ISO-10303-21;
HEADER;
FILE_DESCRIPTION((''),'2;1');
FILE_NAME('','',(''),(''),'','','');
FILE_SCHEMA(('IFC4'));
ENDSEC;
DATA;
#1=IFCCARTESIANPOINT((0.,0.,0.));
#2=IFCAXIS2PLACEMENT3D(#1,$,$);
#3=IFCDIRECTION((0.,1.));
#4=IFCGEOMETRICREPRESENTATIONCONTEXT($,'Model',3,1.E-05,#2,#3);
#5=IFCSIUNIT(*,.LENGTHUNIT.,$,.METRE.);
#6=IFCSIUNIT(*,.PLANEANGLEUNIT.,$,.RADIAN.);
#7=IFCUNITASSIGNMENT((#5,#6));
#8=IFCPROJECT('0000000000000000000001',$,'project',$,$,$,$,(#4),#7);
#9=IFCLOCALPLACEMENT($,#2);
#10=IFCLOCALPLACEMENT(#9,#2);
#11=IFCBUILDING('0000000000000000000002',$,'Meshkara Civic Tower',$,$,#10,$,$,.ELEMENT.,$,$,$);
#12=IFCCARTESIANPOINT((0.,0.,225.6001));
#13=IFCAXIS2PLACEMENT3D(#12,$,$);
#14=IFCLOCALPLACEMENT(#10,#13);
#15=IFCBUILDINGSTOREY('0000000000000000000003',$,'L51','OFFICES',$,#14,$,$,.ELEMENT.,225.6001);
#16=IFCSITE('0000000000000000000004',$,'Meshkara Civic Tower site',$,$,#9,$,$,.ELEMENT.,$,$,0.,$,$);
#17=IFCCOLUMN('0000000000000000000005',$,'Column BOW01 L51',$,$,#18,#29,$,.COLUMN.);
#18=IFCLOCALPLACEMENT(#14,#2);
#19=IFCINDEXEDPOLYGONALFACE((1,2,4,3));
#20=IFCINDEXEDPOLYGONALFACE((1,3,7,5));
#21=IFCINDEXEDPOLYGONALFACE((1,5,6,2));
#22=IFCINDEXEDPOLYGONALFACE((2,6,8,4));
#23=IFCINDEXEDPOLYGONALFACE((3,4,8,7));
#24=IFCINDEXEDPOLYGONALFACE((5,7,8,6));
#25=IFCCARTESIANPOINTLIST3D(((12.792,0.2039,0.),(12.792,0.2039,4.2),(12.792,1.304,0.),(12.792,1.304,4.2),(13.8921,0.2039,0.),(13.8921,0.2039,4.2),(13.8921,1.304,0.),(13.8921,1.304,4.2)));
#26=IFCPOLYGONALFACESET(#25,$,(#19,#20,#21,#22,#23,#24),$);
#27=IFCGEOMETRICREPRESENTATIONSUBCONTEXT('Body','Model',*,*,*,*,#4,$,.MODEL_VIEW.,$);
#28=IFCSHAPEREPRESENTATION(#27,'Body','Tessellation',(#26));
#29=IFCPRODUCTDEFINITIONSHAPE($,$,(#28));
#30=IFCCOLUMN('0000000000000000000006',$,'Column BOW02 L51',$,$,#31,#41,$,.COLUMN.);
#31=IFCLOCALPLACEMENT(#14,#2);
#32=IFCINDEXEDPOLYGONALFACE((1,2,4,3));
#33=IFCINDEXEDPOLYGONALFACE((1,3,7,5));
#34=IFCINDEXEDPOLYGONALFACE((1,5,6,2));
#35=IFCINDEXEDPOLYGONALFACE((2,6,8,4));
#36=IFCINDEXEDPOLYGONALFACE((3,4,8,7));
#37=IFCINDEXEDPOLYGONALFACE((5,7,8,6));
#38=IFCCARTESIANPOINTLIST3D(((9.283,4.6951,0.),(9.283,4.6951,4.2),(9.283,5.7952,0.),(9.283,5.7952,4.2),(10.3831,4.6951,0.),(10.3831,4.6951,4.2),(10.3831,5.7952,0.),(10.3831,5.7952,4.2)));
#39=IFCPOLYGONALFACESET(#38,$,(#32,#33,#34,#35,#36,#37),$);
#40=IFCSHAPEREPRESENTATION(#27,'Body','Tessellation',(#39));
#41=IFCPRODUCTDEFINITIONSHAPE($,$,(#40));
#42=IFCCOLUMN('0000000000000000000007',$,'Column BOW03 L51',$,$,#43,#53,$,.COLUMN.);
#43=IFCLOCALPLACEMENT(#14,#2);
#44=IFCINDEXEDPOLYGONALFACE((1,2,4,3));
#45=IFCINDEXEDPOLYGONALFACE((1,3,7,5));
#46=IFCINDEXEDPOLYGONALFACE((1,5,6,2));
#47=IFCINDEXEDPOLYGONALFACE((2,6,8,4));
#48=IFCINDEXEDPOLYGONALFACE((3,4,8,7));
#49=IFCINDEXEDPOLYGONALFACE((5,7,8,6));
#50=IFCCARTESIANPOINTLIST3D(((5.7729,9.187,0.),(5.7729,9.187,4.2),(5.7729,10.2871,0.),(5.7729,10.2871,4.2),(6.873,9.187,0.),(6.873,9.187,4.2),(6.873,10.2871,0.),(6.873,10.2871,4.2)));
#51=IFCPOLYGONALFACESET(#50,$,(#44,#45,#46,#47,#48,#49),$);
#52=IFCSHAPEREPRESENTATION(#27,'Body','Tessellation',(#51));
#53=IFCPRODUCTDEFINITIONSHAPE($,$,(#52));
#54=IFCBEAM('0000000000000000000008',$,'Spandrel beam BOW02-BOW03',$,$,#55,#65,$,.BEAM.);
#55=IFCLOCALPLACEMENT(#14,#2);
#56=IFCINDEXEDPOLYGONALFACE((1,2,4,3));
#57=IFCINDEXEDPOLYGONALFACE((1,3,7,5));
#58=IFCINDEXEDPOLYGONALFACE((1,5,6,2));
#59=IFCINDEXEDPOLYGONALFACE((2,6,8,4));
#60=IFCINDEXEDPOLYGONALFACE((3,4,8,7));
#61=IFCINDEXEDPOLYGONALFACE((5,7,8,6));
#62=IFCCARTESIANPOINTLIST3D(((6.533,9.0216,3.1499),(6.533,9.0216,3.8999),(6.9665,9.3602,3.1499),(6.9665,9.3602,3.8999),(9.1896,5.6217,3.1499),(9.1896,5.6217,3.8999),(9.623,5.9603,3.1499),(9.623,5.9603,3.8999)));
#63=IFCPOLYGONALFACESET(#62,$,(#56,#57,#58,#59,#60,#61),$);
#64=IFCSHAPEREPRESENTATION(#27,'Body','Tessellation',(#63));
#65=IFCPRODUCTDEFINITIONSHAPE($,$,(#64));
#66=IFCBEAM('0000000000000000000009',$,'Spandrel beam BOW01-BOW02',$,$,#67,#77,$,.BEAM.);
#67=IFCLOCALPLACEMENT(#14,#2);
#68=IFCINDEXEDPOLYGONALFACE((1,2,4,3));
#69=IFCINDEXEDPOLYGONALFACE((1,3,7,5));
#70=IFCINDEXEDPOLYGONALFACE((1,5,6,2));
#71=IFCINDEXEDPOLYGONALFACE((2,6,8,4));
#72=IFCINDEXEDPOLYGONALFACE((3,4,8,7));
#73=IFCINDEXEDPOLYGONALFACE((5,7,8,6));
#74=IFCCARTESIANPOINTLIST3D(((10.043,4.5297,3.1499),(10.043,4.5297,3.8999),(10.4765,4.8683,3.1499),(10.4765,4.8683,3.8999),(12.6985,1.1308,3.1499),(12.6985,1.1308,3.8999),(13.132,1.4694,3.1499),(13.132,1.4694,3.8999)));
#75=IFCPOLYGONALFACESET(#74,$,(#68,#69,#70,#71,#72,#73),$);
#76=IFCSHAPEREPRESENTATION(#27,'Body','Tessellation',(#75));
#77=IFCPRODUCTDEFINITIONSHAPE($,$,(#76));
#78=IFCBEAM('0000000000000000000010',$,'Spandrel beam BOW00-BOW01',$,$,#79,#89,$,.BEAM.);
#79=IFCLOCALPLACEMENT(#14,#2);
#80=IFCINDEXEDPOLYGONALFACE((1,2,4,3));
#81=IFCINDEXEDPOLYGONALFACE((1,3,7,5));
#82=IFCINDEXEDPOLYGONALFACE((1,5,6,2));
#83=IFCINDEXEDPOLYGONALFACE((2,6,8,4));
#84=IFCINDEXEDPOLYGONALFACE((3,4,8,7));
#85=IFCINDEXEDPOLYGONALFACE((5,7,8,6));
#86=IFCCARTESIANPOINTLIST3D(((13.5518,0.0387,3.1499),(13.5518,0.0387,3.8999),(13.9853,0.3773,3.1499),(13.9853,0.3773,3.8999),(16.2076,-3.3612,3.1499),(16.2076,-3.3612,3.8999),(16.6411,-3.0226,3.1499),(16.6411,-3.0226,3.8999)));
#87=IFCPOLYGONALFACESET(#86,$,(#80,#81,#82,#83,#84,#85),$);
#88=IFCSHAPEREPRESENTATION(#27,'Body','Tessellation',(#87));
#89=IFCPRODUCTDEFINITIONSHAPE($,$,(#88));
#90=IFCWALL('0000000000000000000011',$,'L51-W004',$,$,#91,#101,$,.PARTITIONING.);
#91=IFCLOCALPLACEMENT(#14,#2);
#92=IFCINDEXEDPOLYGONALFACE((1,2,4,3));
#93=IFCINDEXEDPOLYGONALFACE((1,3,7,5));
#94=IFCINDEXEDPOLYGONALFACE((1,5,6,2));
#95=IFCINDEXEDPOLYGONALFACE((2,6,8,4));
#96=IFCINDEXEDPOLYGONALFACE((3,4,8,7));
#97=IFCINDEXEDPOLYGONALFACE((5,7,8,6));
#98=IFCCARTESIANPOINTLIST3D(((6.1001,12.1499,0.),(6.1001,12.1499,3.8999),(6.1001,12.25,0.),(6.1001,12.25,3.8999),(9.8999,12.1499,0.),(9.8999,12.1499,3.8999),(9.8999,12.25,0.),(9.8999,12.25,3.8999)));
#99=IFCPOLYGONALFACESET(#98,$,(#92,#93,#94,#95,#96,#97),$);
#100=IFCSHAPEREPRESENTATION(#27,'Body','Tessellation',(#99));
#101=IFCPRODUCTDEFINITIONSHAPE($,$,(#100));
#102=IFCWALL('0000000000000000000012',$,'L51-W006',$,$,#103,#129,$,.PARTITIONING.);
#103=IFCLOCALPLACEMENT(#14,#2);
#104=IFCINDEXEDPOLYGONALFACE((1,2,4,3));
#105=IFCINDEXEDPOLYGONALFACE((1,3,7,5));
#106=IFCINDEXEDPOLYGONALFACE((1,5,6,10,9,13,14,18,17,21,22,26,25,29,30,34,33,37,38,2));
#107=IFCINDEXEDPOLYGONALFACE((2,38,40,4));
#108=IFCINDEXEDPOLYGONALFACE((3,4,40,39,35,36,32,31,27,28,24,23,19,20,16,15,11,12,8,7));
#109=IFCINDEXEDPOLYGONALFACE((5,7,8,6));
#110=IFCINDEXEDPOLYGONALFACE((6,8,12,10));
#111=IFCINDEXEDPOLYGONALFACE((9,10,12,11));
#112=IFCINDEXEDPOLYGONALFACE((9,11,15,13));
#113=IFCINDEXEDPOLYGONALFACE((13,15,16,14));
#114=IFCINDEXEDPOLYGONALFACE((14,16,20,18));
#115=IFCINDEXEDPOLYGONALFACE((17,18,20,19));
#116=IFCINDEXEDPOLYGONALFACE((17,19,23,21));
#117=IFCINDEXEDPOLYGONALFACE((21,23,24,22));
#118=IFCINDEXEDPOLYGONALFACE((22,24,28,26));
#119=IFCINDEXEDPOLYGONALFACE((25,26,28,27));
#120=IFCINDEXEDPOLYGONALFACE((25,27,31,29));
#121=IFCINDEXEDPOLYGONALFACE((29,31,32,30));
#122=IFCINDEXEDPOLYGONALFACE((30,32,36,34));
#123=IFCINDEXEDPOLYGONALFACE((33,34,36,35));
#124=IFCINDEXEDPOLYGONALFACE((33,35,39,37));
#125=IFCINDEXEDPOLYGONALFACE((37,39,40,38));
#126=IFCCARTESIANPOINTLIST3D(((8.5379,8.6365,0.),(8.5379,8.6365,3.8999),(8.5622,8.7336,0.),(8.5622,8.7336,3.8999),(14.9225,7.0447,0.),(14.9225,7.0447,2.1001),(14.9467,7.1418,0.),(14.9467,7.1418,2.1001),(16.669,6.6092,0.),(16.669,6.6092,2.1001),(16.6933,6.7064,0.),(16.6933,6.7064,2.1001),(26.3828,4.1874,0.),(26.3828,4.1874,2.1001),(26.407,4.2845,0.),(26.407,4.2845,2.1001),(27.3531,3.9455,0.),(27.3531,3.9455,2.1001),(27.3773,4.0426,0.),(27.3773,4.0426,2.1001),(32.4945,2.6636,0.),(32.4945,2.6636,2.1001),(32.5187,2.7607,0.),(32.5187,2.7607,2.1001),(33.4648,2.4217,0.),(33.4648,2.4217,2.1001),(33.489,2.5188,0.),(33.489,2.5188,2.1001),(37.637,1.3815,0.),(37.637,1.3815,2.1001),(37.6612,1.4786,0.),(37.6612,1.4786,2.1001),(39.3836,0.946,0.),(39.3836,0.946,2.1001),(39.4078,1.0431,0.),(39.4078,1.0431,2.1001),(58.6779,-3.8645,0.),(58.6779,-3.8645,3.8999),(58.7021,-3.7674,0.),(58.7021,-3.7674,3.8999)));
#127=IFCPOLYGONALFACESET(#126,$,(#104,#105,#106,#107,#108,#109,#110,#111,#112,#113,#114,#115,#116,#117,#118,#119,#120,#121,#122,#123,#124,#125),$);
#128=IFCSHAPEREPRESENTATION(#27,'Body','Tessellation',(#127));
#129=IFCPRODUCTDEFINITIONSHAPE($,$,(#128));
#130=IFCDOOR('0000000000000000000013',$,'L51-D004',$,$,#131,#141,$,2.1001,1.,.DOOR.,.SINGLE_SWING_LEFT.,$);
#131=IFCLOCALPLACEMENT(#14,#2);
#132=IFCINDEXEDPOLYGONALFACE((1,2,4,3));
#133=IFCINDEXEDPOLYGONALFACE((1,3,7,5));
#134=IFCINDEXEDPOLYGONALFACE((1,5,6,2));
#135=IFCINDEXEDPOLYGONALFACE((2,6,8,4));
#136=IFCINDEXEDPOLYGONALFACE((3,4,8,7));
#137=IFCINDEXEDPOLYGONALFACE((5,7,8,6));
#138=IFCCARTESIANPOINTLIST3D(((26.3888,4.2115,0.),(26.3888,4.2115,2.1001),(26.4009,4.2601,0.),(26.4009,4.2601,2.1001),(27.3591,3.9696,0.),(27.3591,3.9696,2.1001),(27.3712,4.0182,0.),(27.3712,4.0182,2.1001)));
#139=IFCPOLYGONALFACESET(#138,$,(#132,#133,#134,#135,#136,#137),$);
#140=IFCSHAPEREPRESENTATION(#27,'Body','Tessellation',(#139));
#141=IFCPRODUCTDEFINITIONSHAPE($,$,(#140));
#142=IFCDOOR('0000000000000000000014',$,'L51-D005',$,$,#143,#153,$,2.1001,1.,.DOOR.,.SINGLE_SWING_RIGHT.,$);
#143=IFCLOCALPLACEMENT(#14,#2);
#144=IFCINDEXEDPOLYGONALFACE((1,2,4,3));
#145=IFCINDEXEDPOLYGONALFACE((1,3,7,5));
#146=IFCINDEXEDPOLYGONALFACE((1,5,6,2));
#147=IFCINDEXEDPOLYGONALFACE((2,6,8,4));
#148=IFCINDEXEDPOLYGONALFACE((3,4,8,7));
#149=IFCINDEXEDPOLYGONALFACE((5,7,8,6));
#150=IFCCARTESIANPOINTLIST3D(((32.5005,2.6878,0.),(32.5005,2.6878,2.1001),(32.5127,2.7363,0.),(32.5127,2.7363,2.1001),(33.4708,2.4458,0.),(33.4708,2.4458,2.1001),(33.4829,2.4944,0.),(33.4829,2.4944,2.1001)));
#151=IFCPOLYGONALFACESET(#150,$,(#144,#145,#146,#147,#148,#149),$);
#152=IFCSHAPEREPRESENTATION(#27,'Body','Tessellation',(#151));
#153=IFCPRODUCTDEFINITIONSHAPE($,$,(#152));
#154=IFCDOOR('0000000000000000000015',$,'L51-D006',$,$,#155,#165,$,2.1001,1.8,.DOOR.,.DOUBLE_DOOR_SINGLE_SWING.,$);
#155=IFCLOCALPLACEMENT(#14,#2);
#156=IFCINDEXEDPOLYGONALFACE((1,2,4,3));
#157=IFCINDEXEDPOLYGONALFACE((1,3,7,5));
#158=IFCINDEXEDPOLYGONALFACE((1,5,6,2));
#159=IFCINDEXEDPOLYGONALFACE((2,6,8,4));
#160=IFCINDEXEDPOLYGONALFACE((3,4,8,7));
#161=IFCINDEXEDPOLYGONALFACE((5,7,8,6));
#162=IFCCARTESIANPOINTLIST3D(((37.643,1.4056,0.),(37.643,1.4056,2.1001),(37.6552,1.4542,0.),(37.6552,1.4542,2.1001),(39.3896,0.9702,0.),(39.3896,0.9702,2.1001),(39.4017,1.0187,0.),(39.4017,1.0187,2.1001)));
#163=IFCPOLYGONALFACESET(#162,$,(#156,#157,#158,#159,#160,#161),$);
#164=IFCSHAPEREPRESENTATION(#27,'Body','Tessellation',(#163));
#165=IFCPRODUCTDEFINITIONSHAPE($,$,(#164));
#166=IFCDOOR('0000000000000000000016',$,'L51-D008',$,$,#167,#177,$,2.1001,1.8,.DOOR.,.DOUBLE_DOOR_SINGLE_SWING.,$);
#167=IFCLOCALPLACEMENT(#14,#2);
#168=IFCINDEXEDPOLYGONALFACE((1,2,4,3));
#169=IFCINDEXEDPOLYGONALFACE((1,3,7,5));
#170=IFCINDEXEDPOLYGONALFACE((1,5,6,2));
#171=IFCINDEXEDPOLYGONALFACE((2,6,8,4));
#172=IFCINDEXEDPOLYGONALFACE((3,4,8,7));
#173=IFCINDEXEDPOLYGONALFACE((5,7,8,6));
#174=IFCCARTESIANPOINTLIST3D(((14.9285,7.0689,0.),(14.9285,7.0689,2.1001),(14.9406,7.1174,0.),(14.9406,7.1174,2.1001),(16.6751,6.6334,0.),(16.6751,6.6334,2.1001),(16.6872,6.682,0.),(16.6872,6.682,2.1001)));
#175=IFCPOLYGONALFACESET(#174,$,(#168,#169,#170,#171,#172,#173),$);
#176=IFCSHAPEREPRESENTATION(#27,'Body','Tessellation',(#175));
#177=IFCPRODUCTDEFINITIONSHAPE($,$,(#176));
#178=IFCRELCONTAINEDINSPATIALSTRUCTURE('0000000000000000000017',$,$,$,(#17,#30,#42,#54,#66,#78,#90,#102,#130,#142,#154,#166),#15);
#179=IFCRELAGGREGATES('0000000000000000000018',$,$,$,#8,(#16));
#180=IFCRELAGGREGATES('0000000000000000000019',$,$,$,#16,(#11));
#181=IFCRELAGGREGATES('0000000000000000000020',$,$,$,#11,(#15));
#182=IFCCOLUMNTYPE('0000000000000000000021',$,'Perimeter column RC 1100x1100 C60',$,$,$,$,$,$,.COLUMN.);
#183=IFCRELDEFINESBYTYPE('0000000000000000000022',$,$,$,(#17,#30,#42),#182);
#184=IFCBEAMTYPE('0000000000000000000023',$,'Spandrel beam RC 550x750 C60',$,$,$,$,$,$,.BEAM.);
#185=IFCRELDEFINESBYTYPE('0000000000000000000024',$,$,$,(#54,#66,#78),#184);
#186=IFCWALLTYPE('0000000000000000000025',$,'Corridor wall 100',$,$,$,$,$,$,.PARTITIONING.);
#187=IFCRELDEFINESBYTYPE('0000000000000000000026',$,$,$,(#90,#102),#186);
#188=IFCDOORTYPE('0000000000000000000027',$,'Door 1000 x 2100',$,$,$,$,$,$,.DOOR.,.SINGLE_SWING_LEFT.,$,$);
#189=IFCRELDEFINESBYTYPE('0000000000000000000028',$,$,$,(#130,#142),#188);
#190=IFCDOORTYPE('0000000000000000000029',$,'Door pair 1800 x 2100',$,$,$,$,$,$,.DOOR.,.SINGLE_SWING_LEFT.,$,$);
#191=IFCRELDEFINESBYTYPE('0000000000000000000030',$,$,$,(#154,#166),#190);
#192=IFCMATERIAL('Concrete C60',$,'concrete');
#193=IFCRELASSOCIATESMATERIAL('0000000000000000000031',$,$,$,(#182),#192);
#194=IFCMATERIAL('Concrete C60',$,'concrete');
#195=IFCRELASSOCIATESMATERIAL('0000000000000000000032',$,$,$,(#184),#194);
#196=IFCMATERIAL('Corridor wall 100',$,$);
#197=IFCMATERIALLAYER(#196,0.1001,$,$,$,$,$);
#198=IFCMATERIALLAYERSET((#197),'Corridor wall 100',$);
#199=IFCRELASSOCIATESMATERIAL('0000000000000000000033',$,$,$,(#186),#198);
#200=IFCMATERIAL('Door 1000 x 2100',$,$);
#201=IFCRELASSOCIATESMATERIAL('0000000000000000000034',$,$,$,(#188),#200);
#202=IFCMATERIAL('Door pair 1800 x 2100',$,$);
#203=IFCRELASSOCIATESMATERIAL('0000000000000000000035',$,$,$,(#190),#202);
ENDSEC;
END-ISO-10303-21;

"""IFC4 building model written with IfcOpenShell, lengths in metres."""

from ifc_helpers import new_model, si_unit, direction, frame, frame_2d, origin, origin_2d, place, context, subcontext, project, spatial, rectangle, extrude, material, layer, layer_set, material_profile, profile_set, type_object, element, fill, save


model = new_model("IFC4")

# Units and contexts
model_context = context("Model", 3, precision=1e-05, world=origin(), true_north=direction((0.0, 1.0)))
body_context = subcontext(model_context, "Body", "Model", "MODEL_VIEW")
ifc_project = project(units=[si_unit("LENGTHUNIT", "METRE"), si_unit("PLANEANGLEUNIT", "RADIAN")], contexts=[model_context])

# Site, building, storey
site_placement = place(None, origin())
site = spatial("IfcSite", under=ifc_project, at=site_placement, Name="Meshkara Civic Tower site", CompositionType="ELEMENT", RefElevation=0.0)
building_placement = place(site_placement, origin())
building = spatial("IfcBuilding", under=site, at=building_placement, Name="Meshkara Civic Tower", CompositionType="ELEMENT")
storey_placement = place(building_placement, frame((0.0, 0.0, 225.6001)))
storey = spatial("IfcBuildingStorey", under=building, at=storey_placement, Name="L51", Description="OFFICES", CompositionType="ELEMENT", Elevation=225.6001)

# Columns
ifc_material_1 = material(Name="Concrete C60", Category="concrete")
ifc_material_profile_1 = material_profile(ifc_material_1, rectangle(XDim=1.1001, YDim=1.1001, at=origin_2d()))
ifc_profile_set_1 = profile_set([ifc_material_profile_1], Name="Concrete C60")
column_type = type_object("IfcColumnType", Name="Perimeter column RC 1100x1100 C60", PredefinedType="COLUMN", material=ifc_profile_set_1)
for number, where, z_axis, x_axis, name in (
    (1, (13.342, 0.7539, 0.0), (0.0, 0.0, 1.0), (1.0, 0.0, 0.0), "Column BOW01 L51"),
    (2, (9.833, 5.2451, 0.0), (0.0, 0.0, 1.0), (1.0, 0.0, 0.0), "Column BOW02 L51"),
    (3, (6.323, 9.7371, 0.0), (0.0, 0.0, 1.0), (1.0, 0.0, 0.0), "Column BOW03 L51"),
):
    element("IfcColumn", number, at=place(storey_placement, frame(where, z_axis=z_axis, x_axis=x_axis)), inside=storey, type_object=column_type, Name=name, PredefinedType="COLUMN", context=body_context, shape_type="SweptSolid", body=[
        extrude(rectangle(XDim=1.1001, YDim=1.1001, at=origin_2d()), origin(), (0.0, 0.0, 1.0), 4.2),
    ])

# Beams
ifc_material_2 = material(Name="Concrete C60", Category="concrete")
ifc_material_profile_2 = material_profile(ifc_material_2, rectangle(XDim=0.55, YDim=0.75, at=origin_2d()))
ifc_profile_set_2 = profile_set([ifc_material_profile_2], Name="Concrete C60")
beam_type = type_object("IfcBeamType", Name="Spandrel beam RC 550x750 C60", PredefinedType="BEAM", material=ifc_profile_set_2)
beam_1_placement = place(storey_placement, frame((6.7498, 9.1909, 3.5249), z_axis=(0.61569, -0.787988, 0.0), x_axis=(0.787988, 0.61569, 0.0)))
element("IfcBeam", 4, at=beam_1_placement, inside=storey, type_object=beam_type, Name="Spandrel beam BOW02-BOW03", PredefinedType="BEAM", context=body_context, shape_type="SweptSolid", body=[
    extrude(rectangle(XDim=0.55, YDim=0.75, at=origin_2d()), origin(), (0.0, 0.0, 1.0), 4.3147),
])
beam_2_placement = place(storey_placement, frame((10.2598, 4.699, 3.5249), z_axis=(0.615659, -0.788012, 0.0), x_axis=(0.788012, 0.615659, 0.0)))
element("IfcBeam", 5, at=beam_2_placement, inside=storey, type_object=beam_type, Name="Spandrel beam BOW01-BOW02", PredefinedType="BEAM", context=body_context, shape_type="SweptSolid", body=[
    extrude(rectangle(XDim=0.55, YDim=0.75, at=origin_2d()), origin(), (0.0, 0.0, 1.0), 4.3132),
])
beam_3_placement = place(storey_placement, frame((13.7686, 0.208, 3.5249), z_axis=(0.615585, -0.788071, 0.0), x_axis=(0.788071, 0.615585, 0.0)))
element("IfcBeam", 6, at=beam_3_placement, inside=storey, type_object=beam_type, Name="Spandrel beam BOW00-BOW01", PredefinedType="BEAM", context=body_context, shape_type="SweptSolid", body=[
    extrude(rectangle(XDim=0.55, YDim=0.75, at=origin_2d()), origin(), (0.0, 0.0, 1.0), 4.3142),
])

# Wall
ifc_material_3 = material(Name="Corridor wall 100")
ifc_layer_1 = layer(ifc_material_3, 0.1001)
ifc_layer_set_1 = layer_set([ifc_layer_1], Name="Corridor wall 100")
wall_type_1 = type_object("IfcWallType", Name="Corridor wall 100", PredefinedType="PARTITIONING", material=ifc_layer_set_1)
wall_1_placement = place(storey_placement, frame((6.1001, 12.2, 0.0), z_axis=(0.0, 0.0, 1.0), x_axis=(1.0, 0.0, 0.0)))
element("IfcWall", 7, at=wall_1_placement, inside=storey, type_object=wall_type_1, Name="L51-W004", PredefinedType="PARTITIONING", context=body_context, shape_type="SweptSolid", body=[
    extrude(rectangle(XDim=3.7998, YDim=0.1001, at=frame_2d((1.8999, 0.0))), origin(), (0.0, 0.0, 1.0), 3.8999),
])

# Wall, openings, doors
wall_2_placement = place(storey_placement, frame((8.55, 8.6851, 0.0), z_axis=(0.0, 0.0, 1.0), x_axis=(0.970297, -0.241916, 0.0)))
wall_2 = element("IfcWall", 8, at=wall_2_placement, inside=storey, type_object=wall_type_1, Name="L51-W006", PredefinedType="PARTITIONING", context=body_context, shape_type="SweptSolid", body=[
    extrude(rectangle(XDim=51.6748, YDim=0.1001, at=frame_2d((25.8374, 0.0))), origin(), (0.0, 0.0, 1.0), 3.8999),
])
opening_1_placement = place(wall_2_placement, frame((18.3911, 0.0, 0.0)))
opening_1 = element("IfcOpeningElement", 9, at=opening_1_placement, cuts=wall_2, PredefinedType="OPENING", context=body_context, shape_type="SweptSolid", body=[
    extrude(rectangle(XDim=1.0, YDim=2.1001, at=frame_2d((0.5, 1.05))), frame((0.0, 0.0601, 0.0), z_axis=(0.0, -1.0, 0.0), x_axis=(1.0, 0.0, 0.0)), (0.0, 0.0, 1.0), 0.1201),
])
opening_2_placement = place(wall_2_placement, frame((24.6899, 0.0, 0.0)))
opening_2 = element("IfcOpeningElement", 10, at=opening_2_placement, cuts=wall_2, PredefinedType="OPENING", context=body_context, shape_type="SweptSolid", body=[
    extrude(rectangle(XDim=1.0, YDim=2.1001, at=frame_2d((0.5, 1.05))), frame((0.0, 0.0601, 0.0), z_axis=(0.0, -1.0, 0.0), x_axis=(1.0, 0.0, 0.0)), (0.0, 0.0, 1.0), 0.1201),
])
opening_3_placement = place(wall_2_placement, frame((29.99, 0.0, 0.0)))
opening_3 = element("IfcOpeningElement", 11, at=opening_3_placement, cuts=wall_2, PredefinedType="OPENING", context=body_context, shape_type="SweptSolid", body=[
    extrude(rectangle(XDim=1.8, YDim=2.1001, at=frame_2d((0.8999, 1.05))), frame((0.0, 0.0601, 0.0), z_axis=(0.0, -1.0, 0.0), x_axis=(1.0, 0.0, 0.0)), (0.0, 0.0, 1.0), 0.1201),
])
opening_4_placement = place(wall_2_placement, frame((6.5801, 0.0, 0.0)))
opening_4 = element("IfcOpeningElement", 12, at=opening_4_placement, cuts=wall_2, PredefinedType="OPENING", context=body_context, shape_type="SweptSolid", body=[
    extrude(rectangle(XDim=1.8, YDim=2.1001, at=frame_2d((0.8999, 1.05))), frame((0.0, 0.0601, 0.0), z_axis=(0.0, -1.0, 0.0), x_axis=(1.0, 0.0, 0.0)), (0.0, 0.0, 1.0), 0.1201),
])
ifc_material_4 = material(Name="Door 1000 x 2100")
door_type_1 = type_object("IfcDoorType", Name="Door 1000 x 2100", OperationType="SINGLE_SWING_LEFT", PredefinedType="DOOR", material=ifc_material_4)
door_1_placement = place(opening_1_placement, origin())
door_1 = element("IfcDoor", 13, at=door_1_placement, inside=storey, type_object=door_type_1, Name="L51-D004", OperationType="SINGLE_SWING_LEFT", OverallHeight=2.1001, OverallWidth=1.0, PredefinedType="DOOR", context=body_context, shape_type="SweptSolid", body=[
    extrude(rectangle(XDim=1.0, YDim=2.1001, at=frame_2d((0.5, 1.05))), frame((0.0, 0.0249, 0.0), z_axis=(0.0, -1.0, 0.0), x_axis=(1.0, 0.0, 0.0)), (0.0, 0.0, 1.0), 0.05),
])
fill(opening_1, door_1)
door_2_placement = place(opening_2_placement, origin())
door_2 = element("IfcDoor", 14, at=door_2_placement, inside=storey, type_object=door_type_1, Name="L51-D005", OperationType="SINGLE_SWING_RIGHT", OverallHeight=2.1001, OverallWidth=1.0, PredefinedType="DOOR", context=body_context, shape_type="SweptSolid", body=[
    extrude(rectangle(XDim=1.0, YDim=2.1001, at=frame_2d((0.5, 1.05))), frame((0.0, 0.0249, 0.0), z_axis=(0.0, -1.0, 0.0), x_axis=(1.0, 0.0, 0.0)), (0.0, 0.0, 1.0), 0.05),
])
fill(opening_2, door_2)
ifc_material_5 = material(Name="Door pair 1800 x 2100")
door_type_2 = type_object("IfcDoorType", Name="Door pair 1800 x 2100", OperationType="SINGLE_SWING_LEFT", PredefinedType="DOOR", material=ifc_material_5)
door_3_placement = place(opening_3_placement, origin())
door_3 = element("IfcDoor", 15, at=door_3_placement, inside=storey, type_object=door_type_2, Name="L51-D006", OperationType="DOUBLE_DOOR_SINGLE_SWING", OverallHeight=2.1001, OverallWidth=1.8, PredefinedType="DOOR", context=body_context, shape_type="SweptSolid", body=[
    extrude(rectangle(XDim=1.8, YDim=2.1001, at=frame_2d((0.8999, 1.05))), frame((0.0, 0.0249, 0.0), z_axis=(0.0, -1.0, 0.0), x_axis=(1.0, 0.0, 0.0)), (0.0, 0.0, 1.0), 0.05),
])
fill(opening_3, door_3)
door_4_placement = place(opening_4_placement, origin())
door_4 = element("IfcDoor", 16, at=door_4_placement, inside=storey, type_object=door_type_2, Name="L51-D008", OperationType="DOUBLE_DOOR_SINGLE_SWING", OverallHeight=2.1001, OverallWidth=1.8, PredefinedType="DOOR", context=body_context, shape_type="SweptSolid", body=[
    extrude(rectangle(XDim=1.8, YDim=2.1001, at=frame_2d((0.8999, 1.05))), frame((0.0, 0.0249, 0.0), z_axis=(0.0, -1.0, 0.0), x_axis=(1.0, 0.0, 0.0)), (0.0, 0.0, 1.0), 0.05),
])
fill(opening_4, door_4)

save(model, "model.ifc")
